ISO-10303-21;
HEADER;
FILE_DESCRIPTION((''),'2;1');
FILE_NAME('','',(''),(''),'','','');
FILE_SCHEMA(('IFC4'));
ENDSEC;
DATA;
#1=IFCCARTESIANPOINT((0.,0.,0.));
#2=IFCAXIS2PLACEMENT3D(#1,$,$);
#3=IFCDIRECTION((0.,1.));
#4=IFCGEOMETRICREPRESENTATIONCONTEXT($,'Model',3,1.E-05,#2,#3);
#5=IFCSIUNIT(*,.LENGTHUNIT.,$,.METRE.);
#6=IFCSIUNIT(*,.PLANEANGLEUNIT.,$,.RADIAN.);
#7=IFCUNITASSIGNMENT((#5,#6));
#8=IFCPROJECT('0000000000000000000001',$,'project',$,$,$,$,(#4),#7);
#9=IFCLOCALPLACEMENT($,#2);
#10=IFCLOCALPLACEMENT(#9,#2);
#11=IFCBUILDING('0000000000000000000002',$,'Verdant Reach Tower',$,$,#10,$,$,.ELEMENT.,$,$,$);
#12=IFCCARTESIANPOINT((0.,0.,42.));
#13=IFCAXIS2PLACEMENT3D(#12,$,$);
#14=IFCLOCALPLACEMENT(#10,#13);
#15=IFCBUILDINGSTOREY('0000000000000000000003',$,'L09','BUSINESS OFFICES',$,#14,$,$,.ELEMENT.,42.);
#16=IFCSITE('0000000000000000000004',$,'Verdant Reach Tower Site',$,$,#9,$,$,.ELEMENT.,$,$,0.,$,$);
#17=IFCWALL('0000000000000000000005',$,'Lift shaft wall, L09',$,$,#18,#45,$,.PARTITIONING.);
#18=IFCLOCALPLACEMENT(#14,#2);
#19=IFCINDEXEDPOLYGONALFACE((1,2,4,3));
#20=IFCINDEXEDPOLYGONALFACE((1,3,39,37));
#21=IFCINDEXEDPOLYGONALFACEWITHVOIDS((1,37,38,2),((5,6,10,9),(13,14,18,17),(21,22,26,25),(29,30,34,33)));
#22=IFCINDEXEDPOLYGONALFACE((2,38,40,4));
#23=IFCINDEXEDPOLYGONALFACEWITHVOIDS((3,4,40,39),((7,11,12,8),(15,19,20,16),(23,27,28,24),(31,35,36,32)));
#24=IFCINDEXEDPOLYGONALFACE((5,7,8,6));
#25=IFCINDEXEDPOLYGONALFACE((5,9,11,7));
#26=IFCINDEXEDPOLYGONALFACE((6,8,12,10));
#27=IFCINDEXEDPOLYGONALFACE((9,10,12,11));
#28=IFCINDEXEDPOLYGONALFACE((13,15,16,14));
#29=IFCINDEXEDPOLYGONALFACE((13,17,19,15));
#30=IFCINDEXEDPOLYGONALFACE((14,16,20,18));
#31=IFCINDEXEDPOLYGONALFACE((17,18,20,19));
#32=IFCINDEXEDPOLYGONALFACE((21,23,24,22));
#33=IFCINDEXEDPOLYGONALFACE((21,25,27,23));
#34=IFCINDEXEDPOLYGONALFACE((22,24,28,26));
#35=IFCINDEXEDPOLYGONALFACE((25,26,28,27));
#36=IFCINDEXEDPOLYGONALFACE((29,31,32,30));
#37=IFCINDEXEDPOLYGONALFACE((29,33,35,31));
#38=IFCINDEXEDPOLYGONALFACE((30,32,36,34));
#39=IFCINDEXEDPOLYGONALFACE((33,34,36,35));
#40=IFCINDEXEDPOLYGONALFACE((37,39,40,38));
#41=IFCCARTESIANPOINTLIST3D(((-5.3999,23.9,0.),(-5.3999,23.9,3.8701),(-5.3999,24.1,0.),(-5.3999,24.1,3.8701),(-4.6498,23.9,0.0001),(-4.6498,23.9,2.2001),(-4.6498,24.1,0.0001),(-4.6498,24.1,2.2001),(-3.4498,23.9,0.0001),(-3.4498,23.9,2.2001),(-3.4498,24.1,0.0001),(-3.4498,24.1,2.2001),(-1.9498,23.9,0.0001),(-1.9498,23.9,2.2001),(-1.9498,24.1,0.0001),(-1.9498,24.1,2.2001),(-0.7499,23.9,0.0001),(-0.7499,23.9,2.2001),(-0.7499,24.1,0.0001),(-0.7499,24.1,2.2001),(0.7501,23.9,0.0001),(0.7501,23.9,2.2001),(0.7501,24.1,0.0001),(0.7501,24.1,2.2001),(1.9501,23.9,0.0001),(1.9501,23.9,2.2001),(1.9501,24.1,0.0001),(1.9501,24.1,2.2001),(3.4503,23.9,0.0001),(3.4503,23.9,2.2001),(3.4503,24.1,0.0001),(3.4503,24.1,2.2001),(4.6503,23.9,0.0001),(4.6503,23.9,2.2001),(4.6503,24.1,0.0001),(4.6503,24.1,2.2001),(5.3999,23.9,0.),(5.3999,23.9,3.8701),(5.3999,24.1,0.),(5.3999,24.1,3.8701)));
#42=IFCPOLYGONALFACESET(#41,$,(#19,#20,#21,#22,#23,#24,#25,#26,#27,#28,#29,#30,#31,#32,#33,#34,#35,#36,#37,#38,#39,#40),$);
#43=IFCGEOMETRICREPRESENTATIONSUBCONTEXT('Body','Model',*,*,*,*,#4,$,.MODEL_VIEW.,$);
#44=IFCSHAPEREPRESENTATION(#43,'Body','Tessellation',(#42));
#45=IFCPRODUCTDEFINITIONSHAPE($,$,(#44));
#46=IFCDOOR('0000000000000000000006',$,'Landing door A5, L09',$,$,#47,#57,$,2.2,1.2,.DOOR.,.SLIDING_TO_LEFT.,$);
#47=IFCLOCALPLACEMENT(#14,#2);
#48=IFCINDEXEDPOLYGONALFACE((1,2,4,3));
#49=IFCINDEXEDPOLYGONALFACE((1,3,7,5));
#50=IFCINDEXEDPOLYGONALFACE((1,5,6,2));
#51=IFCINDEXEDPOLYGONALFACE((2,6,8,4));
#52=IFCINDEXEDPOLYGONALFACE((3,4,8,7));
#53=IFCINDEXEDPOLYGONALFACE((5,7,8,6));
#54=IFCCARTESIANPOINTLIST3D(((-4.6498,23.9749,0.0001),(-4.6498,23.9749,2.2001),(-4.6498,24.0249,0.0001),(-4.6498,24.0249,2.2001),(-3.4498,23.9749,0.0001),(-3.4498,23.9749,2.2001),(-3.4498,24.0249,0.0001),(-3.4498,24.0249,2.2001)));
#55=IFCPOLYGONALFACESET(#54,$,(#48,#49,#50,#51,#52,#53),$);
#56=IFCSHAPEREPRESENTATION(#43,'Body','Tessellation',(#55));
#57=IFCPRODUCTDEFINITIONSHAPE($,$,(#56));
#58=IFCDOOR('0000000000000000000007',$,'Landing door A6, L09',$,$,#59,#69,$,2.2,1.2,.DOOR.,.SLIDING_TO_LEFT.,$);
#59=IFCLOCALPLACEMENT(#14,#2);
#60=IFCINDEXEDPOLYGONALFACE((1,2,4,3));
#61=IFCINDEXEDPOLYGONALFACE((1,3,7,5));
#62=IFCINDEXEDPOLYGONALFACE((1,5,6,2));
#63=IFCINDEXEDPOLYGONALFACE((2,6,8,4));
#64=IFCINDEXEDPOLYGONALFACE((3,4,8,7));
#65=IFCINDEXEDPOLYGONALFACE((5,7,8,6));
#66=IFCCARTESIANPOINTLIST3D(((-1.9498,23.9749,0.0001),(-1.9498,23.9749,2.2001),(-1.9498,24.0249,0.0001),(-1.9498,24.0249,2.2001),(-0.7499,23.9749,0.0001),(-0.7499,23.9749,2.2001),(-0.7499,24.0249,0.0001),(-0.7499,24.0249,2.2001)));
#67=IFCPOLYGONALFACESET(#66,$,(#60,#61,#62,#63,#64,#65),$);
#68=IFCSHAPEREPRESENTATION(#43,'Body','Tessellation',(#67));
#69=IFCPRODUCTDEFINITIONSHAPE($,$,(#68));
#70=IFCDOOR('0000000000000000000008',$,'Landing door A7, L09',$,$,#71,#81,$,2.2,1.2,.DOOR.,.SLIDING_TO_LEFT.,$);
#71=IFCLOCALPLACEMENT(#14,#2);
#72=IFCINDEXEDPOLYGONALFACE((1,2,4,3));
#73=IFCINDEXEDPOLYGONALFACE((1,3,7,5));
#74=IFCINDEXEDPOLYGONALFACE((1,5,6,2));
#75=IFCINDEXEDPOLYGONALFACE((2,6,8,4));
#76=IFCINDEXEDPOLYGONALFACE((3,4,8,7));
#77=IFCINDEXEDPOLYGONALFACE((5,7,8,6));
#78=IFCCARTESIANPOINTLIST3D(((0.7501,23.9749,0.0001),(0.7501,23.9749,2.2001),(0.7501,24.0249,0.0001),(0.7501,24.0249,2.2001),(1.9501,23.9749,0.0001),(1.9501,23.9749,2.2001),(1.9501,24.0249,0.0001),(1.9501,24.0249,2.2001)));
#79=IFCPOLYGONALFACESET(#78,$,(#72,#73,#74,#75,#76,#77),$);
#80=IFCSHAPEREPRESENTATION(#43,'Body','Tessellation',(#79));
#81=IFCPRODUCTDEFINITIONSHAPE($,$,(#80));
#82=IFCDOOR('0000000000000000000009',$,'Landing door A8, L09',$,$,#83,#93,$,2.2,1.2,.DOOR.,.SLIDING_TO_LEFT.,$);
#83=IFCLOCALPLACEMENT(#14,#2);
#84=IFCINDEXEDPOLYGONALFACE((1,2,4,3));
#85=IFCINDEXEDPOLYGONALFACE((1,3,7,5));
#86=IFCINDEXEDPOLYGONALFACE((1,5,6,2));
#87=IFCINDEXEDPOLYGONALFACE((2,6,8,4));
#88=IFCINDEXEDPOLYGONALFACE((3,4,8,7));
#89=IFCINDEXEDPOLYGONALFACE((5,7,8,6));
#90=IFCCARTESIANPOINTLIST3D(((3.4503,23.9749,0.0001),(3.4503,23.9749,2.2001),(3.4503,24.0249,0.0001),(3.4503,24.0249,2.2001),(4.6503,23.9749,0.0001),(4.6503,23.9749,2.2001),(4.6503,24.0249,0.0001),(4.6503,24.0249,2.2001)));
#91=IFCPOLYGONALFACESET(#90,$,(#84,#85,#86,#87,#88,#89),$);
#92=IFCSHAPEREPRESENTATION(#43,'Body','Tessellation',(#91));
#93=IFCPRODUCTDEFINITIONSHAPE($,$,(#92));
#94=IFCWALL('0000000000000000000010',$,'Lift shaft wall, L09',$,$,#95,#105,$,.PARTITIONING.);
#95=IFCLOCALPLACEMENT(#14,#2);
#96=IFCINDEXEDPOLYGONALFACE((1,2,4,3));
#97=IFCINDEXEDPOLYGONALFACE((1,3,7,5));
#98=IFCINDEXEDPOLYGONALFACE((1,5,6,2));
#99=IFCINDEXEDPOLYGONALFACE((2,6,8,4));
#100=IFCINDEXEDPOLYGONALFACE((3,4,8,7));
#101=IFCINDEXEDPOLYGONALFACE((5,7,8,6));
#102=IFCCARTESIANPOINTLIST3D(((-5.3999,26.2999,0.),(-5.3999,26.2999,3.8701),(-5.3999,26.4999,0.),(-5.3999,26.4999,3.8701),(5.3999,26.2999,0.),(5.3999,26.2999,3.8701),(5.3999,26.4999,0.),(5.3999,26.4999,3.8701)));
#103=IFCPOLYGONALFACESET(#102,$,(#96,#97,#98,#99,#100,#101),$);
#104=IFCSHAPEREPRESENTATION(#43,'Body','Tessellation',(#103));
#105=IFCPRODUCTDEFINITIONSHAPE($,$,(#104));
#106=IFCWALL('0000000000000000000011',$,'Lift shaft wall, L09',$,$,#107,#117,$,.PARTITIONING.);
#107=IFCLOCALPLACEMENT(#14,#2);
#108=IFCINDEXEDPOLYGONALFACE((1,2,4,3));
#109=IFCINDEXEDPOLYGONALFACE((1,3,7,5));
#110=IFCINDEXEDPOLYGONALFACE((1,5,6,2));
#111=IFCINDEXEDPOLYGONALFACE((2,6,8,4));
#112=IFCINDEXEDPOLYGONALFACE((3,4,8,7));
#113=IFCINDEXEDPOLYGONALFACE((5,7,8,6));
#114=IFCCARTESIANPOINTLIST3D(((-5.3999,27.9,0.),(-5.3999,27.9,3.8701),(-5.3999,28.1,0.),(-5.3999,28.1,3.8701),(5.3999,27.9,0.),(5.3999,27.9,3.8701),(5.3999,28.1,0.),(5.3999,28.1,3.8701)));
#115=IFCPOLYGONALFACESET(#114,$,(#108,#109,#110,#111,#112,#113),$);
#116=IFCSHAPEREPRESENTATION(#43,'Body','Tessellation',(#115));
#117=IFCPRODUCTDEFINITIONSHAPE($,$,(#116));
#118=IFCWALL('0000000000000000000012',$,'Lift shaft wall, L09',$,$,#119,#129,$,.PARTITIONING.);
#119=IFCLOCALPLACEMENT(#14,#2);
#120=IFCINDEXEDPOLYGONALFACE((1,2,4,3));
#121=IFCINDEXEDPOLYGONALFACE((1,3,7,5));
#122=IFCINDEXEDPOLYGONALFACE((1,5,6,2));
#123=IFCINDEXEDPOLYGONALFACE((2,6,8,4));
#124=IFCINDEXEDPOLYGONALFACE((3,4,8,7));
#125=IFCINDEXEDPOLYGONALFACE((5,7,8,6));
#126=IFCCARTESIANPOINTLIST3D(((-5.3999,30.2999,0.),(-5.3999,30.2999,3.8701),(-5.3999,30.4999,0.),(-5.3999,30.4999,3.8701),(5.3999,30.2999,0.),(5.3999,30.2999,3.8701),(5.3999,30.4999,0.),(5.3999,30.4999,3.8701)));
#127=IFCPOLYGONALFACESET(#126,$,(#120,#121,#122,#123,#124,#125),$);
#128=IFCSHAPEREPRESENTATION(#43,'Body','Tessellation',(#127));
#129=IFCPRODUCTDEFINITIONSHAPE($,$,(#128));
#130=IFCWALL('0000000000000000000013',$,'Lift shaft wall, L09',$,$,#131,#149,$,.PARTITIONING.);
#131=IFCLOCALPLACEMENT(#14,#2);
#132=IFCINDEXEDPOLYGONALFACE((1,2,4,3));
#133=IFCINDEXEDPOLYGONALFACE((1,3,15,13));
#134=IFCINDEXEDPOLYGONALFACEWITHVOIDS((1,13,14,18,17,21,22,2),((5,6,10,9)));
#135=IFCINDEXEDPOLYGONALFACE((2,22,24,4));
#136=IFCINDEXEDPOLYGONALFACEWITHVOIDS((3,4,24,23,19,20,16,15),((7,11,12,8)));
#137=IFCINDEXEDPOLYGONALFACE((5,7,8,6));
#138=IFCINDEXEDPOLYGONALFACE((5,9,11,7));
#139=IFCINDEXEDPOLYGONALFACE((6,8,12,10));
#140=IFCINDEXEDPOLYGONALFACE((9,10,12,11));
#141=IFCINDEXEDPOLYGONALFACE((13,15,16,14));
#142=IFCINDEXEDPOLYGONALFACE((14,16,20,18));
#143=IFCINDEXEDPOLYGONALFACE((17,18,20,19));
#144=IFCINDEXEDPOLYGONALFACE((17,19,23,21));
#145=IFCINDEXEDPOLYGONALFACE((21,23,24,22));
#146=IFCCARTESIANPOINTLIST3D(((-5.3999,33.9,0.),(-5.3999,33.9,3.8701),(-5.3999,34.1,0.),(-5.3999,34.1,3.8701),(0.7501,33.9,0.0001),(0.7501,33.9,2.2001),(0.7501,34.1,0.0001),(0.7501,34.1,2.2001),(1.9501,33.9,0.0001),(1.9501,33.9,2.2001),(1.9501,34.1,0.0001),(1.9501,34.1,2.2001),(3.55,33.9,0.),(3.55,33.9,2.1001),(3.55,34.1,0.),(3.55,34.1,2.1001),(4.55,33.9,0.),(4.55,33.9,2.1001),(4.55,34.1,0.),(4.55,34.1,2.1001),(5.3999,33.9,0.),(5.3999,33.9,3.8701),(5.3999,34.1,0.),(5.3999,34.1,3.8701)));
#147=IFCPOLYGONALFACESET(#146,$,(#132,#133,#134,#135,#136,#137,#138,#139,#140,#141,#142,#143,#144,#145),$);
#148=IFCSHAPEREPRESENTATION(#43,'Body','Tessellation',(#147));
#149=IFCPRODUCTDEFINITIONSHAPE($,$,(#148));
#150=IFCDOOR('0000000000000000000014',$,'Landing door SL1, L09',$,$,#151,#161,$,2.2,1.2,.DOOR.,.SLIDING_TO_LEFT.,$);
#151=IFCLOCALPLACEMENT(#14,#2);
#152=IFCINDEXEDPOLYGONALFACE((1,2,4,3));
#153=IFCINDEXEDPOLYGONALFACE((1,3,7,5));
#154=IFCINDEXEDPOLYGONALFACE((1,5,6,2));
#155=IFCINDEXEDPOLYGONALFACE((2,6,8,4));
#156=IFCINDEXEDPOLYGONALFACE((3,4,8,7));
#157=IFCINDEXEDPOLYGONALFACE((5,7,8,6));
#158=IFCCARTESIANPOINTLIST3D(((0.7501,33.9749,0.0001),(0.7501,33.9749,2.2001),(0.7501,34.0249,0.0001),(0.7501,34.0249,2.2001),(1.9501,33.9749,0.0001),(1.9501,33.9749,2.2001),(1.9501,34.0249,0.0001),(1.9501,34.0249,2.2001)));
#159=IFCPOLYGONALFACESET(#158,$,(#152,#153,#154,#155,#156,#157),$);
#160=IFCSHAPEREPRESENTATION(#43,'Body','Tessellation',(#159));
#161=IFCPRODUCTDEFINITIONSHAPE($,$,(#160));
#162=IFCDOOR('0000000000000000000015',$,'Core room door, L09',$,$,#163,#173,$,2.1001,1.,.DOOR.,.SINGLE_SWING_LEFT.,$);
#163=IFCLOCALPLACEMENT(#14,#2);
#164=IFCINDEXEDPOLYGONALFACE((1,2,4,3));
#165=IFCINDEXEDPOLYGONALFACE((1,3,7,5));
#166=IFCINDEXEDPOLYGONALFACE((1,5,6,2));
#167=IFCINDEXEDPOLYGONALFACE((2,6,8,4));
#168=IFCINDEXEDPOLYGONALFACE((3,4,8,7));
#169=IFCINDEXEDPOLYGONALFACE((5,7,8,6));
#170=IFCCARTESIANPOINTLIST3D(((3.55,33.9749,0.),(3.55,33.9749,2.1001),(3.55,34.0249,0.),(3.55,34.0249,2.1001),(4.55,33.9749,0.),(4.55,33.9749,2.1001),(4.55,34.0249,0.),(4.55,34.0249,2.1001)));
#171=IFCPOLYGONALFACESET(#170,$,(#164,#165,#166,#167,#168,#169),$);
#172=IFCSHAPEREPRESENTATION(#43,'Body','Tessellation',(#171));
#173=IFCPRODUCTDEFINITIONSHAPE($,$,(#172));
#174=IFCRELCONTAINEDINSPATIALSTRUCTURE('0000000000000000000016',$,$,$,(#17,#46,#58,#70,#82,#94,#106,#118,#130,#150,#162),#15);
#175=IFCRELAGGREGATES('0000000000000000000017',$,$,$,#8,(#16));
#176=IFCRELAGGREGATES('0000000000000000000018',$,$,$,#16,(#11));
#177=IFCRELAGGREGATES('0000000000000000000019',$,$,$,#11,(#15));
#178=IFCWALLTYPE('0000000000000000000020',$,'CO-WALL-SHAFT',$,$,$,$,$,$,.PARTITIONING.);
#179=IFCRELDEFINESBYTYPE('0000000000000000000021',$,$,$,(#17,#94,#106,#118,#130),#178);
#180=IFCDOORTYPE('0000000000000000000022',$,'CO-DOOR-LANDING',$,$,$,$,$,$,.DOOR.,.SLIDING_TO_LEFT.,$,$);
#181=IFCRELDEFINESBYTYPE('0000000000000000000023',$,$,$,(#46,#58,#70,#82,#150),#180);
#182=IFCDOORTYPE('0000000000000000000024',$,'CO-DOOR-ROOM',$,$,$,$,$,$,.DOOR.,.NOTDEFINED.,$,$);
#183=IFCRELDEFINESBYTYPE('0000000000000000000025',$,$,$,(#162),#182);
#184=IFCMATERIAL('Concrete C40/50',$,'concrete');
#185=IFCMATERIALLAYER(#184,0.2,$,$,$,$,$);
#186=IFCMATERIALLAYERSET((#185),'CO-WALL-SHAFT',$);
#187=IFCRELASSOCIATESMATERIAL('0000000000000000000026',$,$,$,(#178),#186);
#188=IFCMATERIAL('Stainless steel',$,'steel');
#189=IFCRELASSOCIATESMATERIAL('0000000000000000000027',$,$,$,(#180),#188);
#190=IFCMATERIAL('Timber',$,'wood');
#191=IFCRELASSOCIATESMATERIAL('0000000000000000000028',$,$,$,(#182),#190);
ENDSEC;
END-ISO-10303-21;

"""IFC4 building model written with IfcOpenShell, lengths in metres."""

from ifc_helpers import new_model, si_unit, direction, frame, frame_2d, origin, place, context, subcontext, project, spatial, rectangle, extrude, material, layer, layer_set, type_object, element, fill, save


model = new_model("IFC4")

# Units and contexts
model_context = context("Model", 3, precision=1e-05, world=origin(), true_north=direction((0.0, 1.0)))
body_context = subcontext(model_context, "Body", "Model", "MODEL_VIEW")
ifc_project = project(units=[si_unit("LENGTHUNIT", "METRE"), si_unit("PLANEANGLEUNIT", "RADIAN")], contexts=[model_context])

# Site, building, storey
site_placement = place(None, origin())
site = spatial("IfcSite", under=ifc_project, at=site_placement, Name="Verdant Reach Tower Site", CompositionType="ELEMENT", RefElevation=0.0)
building_placement = place(site_placement, origin())
building = spatial("IfcBuilding", under=site, at=building_placement, Name="Verdant Reach Tower", CompositionType="ELEMENT")
storey_placement = place(building_placement, frame((0.0, 0.0, 42.0)))
storey = spatial("IfcBuildingStorey", under=building, at=storey_placement, Name="L09", Description="BUSINESS OFFICES", CompositionType="ELEMENT", Elevation=42.0)

# Wall, openings, doors
ifc_material_1 = material(Name="Concrete C40/50", Category="concrete")
ifc_layer_1 = layer(ifc_material_1, 0.2)
ifc_layer_set_1 = layer_set([ifc_layer_1], Name="CO-WALL-SHAFT")
wall_type_1 = type_object("IfcWallType", Name="CO-WALL-SHAFT", PredefinedType="PARTITIONING", material=ifc_layer_set_1)
wall_1_placement = place(storey_placement, frame((-5.3999, 24.0, 0.0), z_axis=(0.0, 0.0, 1.0), x_axis=(1.0, 0.0, 0.0)))
wall_1 = element("IfcWall", 1, at=wall_1_placement, inside=storey, type_object=wall_type_1, Name="Lift shaft wall, L09", PredefinedType="PARTITIONING", context=body_context, shape_type="SweptSolid", body=[
    extrude(rectangle(XDim=10.7998, YDim=0.2, at=frame_2d((5.3999, 0.0))), origin(), (0.0, 0.0, 1.0), 3.8701),
])
opening_1_placement = place(wall_1_placement, frame((0.75, 0.0, 0.0)))
opening_1 = element("IfcOpeningElement", 2, at=opening_1_placement, cuts=wall_1, PredefinedType="OPENING", context=body_context, shape_type="SweptSolid", body=[
    extrude(rectangle(XDim=1.2, YDim=2.2, at=frame_2d((0.6001, 1.1001))), frame((0.0, 0.1099, 0.0), z_axis=(0.0, -1.0, 0.0), x_axis=(1.0, 0.0, 0.0)), (0.0, 0.0, 1.0), 0.22),
])
opening_2_placement = place(wall_1_placement, frame((3.45, 0.0, 0.0)))
opening_2 = element("IfcOpeningElement", 3, at=opening_2_placement, cuts=wall_1, PredefinedType="OPENING", context=body_context, shape_type="SweptSolid", body=[
    extrude(rectangle(XDim=1.2, YDim=2.2, at=frame_2d((0.6001, 1.1001))), frame((0.0, 0.1099, 0.0), z_axis=(0.0, -1.0, 0.0), x_axis=(1.0, 0.0, 0.0)), (0.0, 0.0, 1.0), 0.22),
])
opening_3_placement = place(wall_1_placement, frame((6.1499, 0.0, 0.0)))
opening_3 = element("IfcOpeningElement", 4, at=opening_3_placement, cuts=wall_1, PredefinedType="OPENING", context=body_context, shape_type="SweptSolid", body=[
    extrude(rectangle(XDim=1.2, YDim=2.2, at=frame_2d((0.6001, 1.1001))), frame((0.0, 0.1099, 0.0), z_axis=(0.0, -1.0, 0.0), x_axis=(1.0, 0.0, 0.0)), (0.0, 0.0, 1.0), 0.22),
])
opening_4_placement = place(wall_1_placement, frame((8.8501, 0.0, 0.0)))
opening_4 = element("IfcOpeningElement", 5, at=opening_4_placement, cuts=wall_1, PredefinedType="OPENING", context=body_context, shape_type="SweptSolid", body=[
    extrude(rectangle(XDim=1.2, YDim=2.2, at=frame_2d((0.6001, 1.1001))), frame((0.0, 0.1099, 0.0), z_axis=(0.0, -1.0, 0.0), x_axis=(1.0, 0.0, 0.0)), (0.0, 0.0, 1.0), 0.22),
])
ifc_material_2 = material(Name="Stainless steel", Category="steel")
door_type_1 = type_object("IfcDoorType", Name="CO-DOOR-LANDING", OperationType="SLIDING_TO_LEFT", PredefinedType="DOOR", material=ifc_material_2)
door_1_placement = place(opening_1_placement, origin())
door_1 = element("IfcDoor", 6, at=door_1_placement, inside=storey, type_object=door_type_1, Name="Landing door A5, L09", OperationType="SLIDING_TO_LEFT", OverallHeight=2.2, OverallWidth=1.2, PredefinedType="DOOR", context=body_context, shape_type="SweptSolid", body=[
    extrude(rectangle(XDim=1.2, YDim=2.2, at=frame_2d((0.6001, 1.1001))), frame((0.0, 0.0249, 0.0), z_axis=(0.0, -1.0, 0.0), x_axis=(1.0, 0.0, 0.0)), (0.0, 0.0, 1.0), 0.05),
])
fill(opening_1, door_1)
door_2_placement = place(opening_2_placement, origin())
door_2 = element("IfcDoor", 7, at=door_2_placement, inside=storey, type_object=door_type_1, Name="Landing door A6, L09", OperationType="SLIDING_TO_LEFT", OverallHeight=2.2, OverallWidth=1.2, PredefinedType="DOOR", context=body_context, shape_type="SweptSolid", body=[
    extrude(rectangle(XDim=1.2, YDim=2.2, at=frame_2d((0.6001, 1.1001))), frame((0.0, 0.0249, 0.0), z_axis=(0.0, -1.0, 0.0), x_axis=(1.0, 0.0, 0.0)), (0.0, 0.0, 1.0), 0.05),
])
fill(opening_2, door_2)
door_3_placement = place(opening_3_placement, origin())
door_3 = element("IfcDoor", 8, at=door_3_placement, inside=storey, type_object=door_type_1, Name="Landing door A7, L09", OperationType="SLIDING_TO_LEFT", OverallHeight=2.2, OverallWidth=1.2, PredefinedType="DOOR", context=body_context, shape_type="SweptSolid", body=[
    extrude(rectangle(XDim=1.2, YDim=2.2, at=frame_2d((0.6001, 1.1001))), frame((0.0, 0.0249, 0.0), z_axis=(0.0, -1.0, 0.0), x_axis=(1.0, 0.0, 0.0)), (0.0, 0.0, 1.0), 0.05),
])
fill(opening_3, door_3)
door_4_placement = place(opening_4_placement, origin())
door_4 = element("IfcDoor", 9, at=door_4_placement, inside=storey, type_object=door_type_1, Name="Landing door A8, L09", OperationType="SLIDING_TO_LEFT", OverallHeight=2.2, OverallWidth=1.2, PredefinedType="DOOR", context=body_context, shape_type="SweptSolid", body=[
    extrude(rectangle(XDim=1.2, YDim=2.2, at=frame_2d((0.6001, 1.1001))), frame((0.0, 0.0249, 0.0), z_axis=(0.0, -1.0, 0.0), x_axis=(1.0, 0.0, 0.0)), (0.0, 0.0, 1.0), 0.05),
])
fill(opening_4, door_4)

# Walls
for number, where, z_axis, x_axis, name in (
    (10, (-5.3999, 26.3999, 0.0), (0.0, 0.0, 1.0), (1.0, 0.0, 0.0), "Lift shaft wall, L09"),
    (11, (-5.3999, 28.0, 0.0), (0.0, 0.0, 1.0), (1.0, 0.0, 0.0), "Lift shaft wall, L09"),
    (12, (-5.3999, 30.3999, 0.0), (0.0, 0.0, 1.0), (1.0, 0.0, 0.0), "Lift shaft wall, L09"),
):
    element("IfcWall", number, at=place(storey_placement, frame(where, z_axis=z_axis, x_axis=x_axis)), inside=storey, type_object=wall_type_1, Name=name, PredefinedType="PARTITIONING", context=body_context, shape_type="SweptSolid", body=[
        extrude(rectangle(XDim=10.7998, YDim=0.2, at=frame_2d((5.3999, 0.0))), origin(), (0.0, 0.0, 1.0), 3.8701),
    ])

# Wall, openings, doors
wall_2_placement = place(storey_placement, frame((-5.3999, 34.0, 0.0), z_axis=(0.0, 0.0, 1.0), x_axis=(1.0, 0.0, 0.0)))
wall_2 = element("IfcWall", 13, at=wall_2_placement, inside=storey, type_object=wall_type_1, Name="Lift shaft wall, L09", PredefinedType="PARTITIONING", context=body_context, shape_type="SweptSolid", body=[
    extrude(rectangle(XDim=10.7998, YDim=0.2, at=frame_2d((5.3999, 0.0))), origin(), (0.0, 0.0, 1.0), 3.8701),
])
opening_5_placement = place(wall_2_placement, frame((6.1499, 0.0, 0.0)))
opening_5 = element("IfcOpeningElement", 14, at=opening_5_placement, cuts=wall_2, PredefinedType="OPENING", context=body_context, shape_type="SweptSolid", body=[
    extrude(rectangle(XDim=1.2, YDim=2.2, at=frame_2d((0.6001, 1.1001))), frame((0.0, 0.1099, 0.0), z_axis=(0.0, -1.0, 0.0), x_axis=(1.0, 0.0, 0.0)), (0.0, 0.0, 1.0), 0.22),
])
opening_6_placement = place(wall_2_placement, frame((8.95, 0.0, 0.0)))
opening_6 = element("IfcOpeningElement", 15, at=opening_6_placement, cuts=wall_2, PredefinedType="OPENING", context=body_context, shape_type="SweptSolid", body=[
    extrude(rectangle(XDim=1.0, YDim=2.1001, at=frame_2d((0.5, 1.05))), frame((0.0, 0.1099, 0.0), z_axis=(0.0, -1.0, 0.0), x_axis=(1.0, 0.0, 0.0)), (0.0, 0.0, 1.0), 0.22),
])
door_5_placement = place(opening_5_placement, origin())
door_5 = element("IfcDoor", 16, at=door_5_placement, inside=storey, type_object=door_type_1, Name="Landing door SL1, L09", OperationType="SLIDING_TO_LEFT", OverallHeight=2.2, OverallWidth=1.2, PredefinedType="DOOR", context=body_context, shape_type="SweptSolid", body=[
    extrude(rectangle(XDim=1.2, YDim=2.2, at=frame_2d((0.6001, 1.1001))), frame((0.0, 0.0249, 0.0), z_axis=(0.0, -1.0, 0.0), x_axis=(1.0, 0.0, 0.0)), (0.0, 0.0, 1.0), 0.05),
])
fill(opening_5, door_5)
ifc_material_3 = material(Name="Timber", Category="wood")
door_type_2 = type_object("IfcDoorType", Name="CO-DOOR-ROOM", OperationType="NOTDEFINED", PredefinedType="DOOR", material=ifc_material_3)
door_6_placement = place(opening_6_placement, origin())
door_6 = element("IfcDoor", 17, at=door_6_placement, inside=storey, type_object=door_type_2, Name="Core room door, L09", OperationType="SINGLE_SWING_LEFT", OverallHeight=2.1001, OverallWidth=1.0, PredefinedType="DOOR", context=body_context, shape_type="SweptSolid", body=[
    extrude(rectangle(XDim=1.0, YDim=2.1001, at=frame_2d((0.5, 1.05))), frame((0.0, 0.0249, 0.0), z_axis=(0.0, -1.0, 0.0), x_axis=(1.0, 0.0, 0.0)), (0.0, 0.0, 1.0), 0.05),
])
fill(opening_6, door_6)

save(model, "model.ifc")
